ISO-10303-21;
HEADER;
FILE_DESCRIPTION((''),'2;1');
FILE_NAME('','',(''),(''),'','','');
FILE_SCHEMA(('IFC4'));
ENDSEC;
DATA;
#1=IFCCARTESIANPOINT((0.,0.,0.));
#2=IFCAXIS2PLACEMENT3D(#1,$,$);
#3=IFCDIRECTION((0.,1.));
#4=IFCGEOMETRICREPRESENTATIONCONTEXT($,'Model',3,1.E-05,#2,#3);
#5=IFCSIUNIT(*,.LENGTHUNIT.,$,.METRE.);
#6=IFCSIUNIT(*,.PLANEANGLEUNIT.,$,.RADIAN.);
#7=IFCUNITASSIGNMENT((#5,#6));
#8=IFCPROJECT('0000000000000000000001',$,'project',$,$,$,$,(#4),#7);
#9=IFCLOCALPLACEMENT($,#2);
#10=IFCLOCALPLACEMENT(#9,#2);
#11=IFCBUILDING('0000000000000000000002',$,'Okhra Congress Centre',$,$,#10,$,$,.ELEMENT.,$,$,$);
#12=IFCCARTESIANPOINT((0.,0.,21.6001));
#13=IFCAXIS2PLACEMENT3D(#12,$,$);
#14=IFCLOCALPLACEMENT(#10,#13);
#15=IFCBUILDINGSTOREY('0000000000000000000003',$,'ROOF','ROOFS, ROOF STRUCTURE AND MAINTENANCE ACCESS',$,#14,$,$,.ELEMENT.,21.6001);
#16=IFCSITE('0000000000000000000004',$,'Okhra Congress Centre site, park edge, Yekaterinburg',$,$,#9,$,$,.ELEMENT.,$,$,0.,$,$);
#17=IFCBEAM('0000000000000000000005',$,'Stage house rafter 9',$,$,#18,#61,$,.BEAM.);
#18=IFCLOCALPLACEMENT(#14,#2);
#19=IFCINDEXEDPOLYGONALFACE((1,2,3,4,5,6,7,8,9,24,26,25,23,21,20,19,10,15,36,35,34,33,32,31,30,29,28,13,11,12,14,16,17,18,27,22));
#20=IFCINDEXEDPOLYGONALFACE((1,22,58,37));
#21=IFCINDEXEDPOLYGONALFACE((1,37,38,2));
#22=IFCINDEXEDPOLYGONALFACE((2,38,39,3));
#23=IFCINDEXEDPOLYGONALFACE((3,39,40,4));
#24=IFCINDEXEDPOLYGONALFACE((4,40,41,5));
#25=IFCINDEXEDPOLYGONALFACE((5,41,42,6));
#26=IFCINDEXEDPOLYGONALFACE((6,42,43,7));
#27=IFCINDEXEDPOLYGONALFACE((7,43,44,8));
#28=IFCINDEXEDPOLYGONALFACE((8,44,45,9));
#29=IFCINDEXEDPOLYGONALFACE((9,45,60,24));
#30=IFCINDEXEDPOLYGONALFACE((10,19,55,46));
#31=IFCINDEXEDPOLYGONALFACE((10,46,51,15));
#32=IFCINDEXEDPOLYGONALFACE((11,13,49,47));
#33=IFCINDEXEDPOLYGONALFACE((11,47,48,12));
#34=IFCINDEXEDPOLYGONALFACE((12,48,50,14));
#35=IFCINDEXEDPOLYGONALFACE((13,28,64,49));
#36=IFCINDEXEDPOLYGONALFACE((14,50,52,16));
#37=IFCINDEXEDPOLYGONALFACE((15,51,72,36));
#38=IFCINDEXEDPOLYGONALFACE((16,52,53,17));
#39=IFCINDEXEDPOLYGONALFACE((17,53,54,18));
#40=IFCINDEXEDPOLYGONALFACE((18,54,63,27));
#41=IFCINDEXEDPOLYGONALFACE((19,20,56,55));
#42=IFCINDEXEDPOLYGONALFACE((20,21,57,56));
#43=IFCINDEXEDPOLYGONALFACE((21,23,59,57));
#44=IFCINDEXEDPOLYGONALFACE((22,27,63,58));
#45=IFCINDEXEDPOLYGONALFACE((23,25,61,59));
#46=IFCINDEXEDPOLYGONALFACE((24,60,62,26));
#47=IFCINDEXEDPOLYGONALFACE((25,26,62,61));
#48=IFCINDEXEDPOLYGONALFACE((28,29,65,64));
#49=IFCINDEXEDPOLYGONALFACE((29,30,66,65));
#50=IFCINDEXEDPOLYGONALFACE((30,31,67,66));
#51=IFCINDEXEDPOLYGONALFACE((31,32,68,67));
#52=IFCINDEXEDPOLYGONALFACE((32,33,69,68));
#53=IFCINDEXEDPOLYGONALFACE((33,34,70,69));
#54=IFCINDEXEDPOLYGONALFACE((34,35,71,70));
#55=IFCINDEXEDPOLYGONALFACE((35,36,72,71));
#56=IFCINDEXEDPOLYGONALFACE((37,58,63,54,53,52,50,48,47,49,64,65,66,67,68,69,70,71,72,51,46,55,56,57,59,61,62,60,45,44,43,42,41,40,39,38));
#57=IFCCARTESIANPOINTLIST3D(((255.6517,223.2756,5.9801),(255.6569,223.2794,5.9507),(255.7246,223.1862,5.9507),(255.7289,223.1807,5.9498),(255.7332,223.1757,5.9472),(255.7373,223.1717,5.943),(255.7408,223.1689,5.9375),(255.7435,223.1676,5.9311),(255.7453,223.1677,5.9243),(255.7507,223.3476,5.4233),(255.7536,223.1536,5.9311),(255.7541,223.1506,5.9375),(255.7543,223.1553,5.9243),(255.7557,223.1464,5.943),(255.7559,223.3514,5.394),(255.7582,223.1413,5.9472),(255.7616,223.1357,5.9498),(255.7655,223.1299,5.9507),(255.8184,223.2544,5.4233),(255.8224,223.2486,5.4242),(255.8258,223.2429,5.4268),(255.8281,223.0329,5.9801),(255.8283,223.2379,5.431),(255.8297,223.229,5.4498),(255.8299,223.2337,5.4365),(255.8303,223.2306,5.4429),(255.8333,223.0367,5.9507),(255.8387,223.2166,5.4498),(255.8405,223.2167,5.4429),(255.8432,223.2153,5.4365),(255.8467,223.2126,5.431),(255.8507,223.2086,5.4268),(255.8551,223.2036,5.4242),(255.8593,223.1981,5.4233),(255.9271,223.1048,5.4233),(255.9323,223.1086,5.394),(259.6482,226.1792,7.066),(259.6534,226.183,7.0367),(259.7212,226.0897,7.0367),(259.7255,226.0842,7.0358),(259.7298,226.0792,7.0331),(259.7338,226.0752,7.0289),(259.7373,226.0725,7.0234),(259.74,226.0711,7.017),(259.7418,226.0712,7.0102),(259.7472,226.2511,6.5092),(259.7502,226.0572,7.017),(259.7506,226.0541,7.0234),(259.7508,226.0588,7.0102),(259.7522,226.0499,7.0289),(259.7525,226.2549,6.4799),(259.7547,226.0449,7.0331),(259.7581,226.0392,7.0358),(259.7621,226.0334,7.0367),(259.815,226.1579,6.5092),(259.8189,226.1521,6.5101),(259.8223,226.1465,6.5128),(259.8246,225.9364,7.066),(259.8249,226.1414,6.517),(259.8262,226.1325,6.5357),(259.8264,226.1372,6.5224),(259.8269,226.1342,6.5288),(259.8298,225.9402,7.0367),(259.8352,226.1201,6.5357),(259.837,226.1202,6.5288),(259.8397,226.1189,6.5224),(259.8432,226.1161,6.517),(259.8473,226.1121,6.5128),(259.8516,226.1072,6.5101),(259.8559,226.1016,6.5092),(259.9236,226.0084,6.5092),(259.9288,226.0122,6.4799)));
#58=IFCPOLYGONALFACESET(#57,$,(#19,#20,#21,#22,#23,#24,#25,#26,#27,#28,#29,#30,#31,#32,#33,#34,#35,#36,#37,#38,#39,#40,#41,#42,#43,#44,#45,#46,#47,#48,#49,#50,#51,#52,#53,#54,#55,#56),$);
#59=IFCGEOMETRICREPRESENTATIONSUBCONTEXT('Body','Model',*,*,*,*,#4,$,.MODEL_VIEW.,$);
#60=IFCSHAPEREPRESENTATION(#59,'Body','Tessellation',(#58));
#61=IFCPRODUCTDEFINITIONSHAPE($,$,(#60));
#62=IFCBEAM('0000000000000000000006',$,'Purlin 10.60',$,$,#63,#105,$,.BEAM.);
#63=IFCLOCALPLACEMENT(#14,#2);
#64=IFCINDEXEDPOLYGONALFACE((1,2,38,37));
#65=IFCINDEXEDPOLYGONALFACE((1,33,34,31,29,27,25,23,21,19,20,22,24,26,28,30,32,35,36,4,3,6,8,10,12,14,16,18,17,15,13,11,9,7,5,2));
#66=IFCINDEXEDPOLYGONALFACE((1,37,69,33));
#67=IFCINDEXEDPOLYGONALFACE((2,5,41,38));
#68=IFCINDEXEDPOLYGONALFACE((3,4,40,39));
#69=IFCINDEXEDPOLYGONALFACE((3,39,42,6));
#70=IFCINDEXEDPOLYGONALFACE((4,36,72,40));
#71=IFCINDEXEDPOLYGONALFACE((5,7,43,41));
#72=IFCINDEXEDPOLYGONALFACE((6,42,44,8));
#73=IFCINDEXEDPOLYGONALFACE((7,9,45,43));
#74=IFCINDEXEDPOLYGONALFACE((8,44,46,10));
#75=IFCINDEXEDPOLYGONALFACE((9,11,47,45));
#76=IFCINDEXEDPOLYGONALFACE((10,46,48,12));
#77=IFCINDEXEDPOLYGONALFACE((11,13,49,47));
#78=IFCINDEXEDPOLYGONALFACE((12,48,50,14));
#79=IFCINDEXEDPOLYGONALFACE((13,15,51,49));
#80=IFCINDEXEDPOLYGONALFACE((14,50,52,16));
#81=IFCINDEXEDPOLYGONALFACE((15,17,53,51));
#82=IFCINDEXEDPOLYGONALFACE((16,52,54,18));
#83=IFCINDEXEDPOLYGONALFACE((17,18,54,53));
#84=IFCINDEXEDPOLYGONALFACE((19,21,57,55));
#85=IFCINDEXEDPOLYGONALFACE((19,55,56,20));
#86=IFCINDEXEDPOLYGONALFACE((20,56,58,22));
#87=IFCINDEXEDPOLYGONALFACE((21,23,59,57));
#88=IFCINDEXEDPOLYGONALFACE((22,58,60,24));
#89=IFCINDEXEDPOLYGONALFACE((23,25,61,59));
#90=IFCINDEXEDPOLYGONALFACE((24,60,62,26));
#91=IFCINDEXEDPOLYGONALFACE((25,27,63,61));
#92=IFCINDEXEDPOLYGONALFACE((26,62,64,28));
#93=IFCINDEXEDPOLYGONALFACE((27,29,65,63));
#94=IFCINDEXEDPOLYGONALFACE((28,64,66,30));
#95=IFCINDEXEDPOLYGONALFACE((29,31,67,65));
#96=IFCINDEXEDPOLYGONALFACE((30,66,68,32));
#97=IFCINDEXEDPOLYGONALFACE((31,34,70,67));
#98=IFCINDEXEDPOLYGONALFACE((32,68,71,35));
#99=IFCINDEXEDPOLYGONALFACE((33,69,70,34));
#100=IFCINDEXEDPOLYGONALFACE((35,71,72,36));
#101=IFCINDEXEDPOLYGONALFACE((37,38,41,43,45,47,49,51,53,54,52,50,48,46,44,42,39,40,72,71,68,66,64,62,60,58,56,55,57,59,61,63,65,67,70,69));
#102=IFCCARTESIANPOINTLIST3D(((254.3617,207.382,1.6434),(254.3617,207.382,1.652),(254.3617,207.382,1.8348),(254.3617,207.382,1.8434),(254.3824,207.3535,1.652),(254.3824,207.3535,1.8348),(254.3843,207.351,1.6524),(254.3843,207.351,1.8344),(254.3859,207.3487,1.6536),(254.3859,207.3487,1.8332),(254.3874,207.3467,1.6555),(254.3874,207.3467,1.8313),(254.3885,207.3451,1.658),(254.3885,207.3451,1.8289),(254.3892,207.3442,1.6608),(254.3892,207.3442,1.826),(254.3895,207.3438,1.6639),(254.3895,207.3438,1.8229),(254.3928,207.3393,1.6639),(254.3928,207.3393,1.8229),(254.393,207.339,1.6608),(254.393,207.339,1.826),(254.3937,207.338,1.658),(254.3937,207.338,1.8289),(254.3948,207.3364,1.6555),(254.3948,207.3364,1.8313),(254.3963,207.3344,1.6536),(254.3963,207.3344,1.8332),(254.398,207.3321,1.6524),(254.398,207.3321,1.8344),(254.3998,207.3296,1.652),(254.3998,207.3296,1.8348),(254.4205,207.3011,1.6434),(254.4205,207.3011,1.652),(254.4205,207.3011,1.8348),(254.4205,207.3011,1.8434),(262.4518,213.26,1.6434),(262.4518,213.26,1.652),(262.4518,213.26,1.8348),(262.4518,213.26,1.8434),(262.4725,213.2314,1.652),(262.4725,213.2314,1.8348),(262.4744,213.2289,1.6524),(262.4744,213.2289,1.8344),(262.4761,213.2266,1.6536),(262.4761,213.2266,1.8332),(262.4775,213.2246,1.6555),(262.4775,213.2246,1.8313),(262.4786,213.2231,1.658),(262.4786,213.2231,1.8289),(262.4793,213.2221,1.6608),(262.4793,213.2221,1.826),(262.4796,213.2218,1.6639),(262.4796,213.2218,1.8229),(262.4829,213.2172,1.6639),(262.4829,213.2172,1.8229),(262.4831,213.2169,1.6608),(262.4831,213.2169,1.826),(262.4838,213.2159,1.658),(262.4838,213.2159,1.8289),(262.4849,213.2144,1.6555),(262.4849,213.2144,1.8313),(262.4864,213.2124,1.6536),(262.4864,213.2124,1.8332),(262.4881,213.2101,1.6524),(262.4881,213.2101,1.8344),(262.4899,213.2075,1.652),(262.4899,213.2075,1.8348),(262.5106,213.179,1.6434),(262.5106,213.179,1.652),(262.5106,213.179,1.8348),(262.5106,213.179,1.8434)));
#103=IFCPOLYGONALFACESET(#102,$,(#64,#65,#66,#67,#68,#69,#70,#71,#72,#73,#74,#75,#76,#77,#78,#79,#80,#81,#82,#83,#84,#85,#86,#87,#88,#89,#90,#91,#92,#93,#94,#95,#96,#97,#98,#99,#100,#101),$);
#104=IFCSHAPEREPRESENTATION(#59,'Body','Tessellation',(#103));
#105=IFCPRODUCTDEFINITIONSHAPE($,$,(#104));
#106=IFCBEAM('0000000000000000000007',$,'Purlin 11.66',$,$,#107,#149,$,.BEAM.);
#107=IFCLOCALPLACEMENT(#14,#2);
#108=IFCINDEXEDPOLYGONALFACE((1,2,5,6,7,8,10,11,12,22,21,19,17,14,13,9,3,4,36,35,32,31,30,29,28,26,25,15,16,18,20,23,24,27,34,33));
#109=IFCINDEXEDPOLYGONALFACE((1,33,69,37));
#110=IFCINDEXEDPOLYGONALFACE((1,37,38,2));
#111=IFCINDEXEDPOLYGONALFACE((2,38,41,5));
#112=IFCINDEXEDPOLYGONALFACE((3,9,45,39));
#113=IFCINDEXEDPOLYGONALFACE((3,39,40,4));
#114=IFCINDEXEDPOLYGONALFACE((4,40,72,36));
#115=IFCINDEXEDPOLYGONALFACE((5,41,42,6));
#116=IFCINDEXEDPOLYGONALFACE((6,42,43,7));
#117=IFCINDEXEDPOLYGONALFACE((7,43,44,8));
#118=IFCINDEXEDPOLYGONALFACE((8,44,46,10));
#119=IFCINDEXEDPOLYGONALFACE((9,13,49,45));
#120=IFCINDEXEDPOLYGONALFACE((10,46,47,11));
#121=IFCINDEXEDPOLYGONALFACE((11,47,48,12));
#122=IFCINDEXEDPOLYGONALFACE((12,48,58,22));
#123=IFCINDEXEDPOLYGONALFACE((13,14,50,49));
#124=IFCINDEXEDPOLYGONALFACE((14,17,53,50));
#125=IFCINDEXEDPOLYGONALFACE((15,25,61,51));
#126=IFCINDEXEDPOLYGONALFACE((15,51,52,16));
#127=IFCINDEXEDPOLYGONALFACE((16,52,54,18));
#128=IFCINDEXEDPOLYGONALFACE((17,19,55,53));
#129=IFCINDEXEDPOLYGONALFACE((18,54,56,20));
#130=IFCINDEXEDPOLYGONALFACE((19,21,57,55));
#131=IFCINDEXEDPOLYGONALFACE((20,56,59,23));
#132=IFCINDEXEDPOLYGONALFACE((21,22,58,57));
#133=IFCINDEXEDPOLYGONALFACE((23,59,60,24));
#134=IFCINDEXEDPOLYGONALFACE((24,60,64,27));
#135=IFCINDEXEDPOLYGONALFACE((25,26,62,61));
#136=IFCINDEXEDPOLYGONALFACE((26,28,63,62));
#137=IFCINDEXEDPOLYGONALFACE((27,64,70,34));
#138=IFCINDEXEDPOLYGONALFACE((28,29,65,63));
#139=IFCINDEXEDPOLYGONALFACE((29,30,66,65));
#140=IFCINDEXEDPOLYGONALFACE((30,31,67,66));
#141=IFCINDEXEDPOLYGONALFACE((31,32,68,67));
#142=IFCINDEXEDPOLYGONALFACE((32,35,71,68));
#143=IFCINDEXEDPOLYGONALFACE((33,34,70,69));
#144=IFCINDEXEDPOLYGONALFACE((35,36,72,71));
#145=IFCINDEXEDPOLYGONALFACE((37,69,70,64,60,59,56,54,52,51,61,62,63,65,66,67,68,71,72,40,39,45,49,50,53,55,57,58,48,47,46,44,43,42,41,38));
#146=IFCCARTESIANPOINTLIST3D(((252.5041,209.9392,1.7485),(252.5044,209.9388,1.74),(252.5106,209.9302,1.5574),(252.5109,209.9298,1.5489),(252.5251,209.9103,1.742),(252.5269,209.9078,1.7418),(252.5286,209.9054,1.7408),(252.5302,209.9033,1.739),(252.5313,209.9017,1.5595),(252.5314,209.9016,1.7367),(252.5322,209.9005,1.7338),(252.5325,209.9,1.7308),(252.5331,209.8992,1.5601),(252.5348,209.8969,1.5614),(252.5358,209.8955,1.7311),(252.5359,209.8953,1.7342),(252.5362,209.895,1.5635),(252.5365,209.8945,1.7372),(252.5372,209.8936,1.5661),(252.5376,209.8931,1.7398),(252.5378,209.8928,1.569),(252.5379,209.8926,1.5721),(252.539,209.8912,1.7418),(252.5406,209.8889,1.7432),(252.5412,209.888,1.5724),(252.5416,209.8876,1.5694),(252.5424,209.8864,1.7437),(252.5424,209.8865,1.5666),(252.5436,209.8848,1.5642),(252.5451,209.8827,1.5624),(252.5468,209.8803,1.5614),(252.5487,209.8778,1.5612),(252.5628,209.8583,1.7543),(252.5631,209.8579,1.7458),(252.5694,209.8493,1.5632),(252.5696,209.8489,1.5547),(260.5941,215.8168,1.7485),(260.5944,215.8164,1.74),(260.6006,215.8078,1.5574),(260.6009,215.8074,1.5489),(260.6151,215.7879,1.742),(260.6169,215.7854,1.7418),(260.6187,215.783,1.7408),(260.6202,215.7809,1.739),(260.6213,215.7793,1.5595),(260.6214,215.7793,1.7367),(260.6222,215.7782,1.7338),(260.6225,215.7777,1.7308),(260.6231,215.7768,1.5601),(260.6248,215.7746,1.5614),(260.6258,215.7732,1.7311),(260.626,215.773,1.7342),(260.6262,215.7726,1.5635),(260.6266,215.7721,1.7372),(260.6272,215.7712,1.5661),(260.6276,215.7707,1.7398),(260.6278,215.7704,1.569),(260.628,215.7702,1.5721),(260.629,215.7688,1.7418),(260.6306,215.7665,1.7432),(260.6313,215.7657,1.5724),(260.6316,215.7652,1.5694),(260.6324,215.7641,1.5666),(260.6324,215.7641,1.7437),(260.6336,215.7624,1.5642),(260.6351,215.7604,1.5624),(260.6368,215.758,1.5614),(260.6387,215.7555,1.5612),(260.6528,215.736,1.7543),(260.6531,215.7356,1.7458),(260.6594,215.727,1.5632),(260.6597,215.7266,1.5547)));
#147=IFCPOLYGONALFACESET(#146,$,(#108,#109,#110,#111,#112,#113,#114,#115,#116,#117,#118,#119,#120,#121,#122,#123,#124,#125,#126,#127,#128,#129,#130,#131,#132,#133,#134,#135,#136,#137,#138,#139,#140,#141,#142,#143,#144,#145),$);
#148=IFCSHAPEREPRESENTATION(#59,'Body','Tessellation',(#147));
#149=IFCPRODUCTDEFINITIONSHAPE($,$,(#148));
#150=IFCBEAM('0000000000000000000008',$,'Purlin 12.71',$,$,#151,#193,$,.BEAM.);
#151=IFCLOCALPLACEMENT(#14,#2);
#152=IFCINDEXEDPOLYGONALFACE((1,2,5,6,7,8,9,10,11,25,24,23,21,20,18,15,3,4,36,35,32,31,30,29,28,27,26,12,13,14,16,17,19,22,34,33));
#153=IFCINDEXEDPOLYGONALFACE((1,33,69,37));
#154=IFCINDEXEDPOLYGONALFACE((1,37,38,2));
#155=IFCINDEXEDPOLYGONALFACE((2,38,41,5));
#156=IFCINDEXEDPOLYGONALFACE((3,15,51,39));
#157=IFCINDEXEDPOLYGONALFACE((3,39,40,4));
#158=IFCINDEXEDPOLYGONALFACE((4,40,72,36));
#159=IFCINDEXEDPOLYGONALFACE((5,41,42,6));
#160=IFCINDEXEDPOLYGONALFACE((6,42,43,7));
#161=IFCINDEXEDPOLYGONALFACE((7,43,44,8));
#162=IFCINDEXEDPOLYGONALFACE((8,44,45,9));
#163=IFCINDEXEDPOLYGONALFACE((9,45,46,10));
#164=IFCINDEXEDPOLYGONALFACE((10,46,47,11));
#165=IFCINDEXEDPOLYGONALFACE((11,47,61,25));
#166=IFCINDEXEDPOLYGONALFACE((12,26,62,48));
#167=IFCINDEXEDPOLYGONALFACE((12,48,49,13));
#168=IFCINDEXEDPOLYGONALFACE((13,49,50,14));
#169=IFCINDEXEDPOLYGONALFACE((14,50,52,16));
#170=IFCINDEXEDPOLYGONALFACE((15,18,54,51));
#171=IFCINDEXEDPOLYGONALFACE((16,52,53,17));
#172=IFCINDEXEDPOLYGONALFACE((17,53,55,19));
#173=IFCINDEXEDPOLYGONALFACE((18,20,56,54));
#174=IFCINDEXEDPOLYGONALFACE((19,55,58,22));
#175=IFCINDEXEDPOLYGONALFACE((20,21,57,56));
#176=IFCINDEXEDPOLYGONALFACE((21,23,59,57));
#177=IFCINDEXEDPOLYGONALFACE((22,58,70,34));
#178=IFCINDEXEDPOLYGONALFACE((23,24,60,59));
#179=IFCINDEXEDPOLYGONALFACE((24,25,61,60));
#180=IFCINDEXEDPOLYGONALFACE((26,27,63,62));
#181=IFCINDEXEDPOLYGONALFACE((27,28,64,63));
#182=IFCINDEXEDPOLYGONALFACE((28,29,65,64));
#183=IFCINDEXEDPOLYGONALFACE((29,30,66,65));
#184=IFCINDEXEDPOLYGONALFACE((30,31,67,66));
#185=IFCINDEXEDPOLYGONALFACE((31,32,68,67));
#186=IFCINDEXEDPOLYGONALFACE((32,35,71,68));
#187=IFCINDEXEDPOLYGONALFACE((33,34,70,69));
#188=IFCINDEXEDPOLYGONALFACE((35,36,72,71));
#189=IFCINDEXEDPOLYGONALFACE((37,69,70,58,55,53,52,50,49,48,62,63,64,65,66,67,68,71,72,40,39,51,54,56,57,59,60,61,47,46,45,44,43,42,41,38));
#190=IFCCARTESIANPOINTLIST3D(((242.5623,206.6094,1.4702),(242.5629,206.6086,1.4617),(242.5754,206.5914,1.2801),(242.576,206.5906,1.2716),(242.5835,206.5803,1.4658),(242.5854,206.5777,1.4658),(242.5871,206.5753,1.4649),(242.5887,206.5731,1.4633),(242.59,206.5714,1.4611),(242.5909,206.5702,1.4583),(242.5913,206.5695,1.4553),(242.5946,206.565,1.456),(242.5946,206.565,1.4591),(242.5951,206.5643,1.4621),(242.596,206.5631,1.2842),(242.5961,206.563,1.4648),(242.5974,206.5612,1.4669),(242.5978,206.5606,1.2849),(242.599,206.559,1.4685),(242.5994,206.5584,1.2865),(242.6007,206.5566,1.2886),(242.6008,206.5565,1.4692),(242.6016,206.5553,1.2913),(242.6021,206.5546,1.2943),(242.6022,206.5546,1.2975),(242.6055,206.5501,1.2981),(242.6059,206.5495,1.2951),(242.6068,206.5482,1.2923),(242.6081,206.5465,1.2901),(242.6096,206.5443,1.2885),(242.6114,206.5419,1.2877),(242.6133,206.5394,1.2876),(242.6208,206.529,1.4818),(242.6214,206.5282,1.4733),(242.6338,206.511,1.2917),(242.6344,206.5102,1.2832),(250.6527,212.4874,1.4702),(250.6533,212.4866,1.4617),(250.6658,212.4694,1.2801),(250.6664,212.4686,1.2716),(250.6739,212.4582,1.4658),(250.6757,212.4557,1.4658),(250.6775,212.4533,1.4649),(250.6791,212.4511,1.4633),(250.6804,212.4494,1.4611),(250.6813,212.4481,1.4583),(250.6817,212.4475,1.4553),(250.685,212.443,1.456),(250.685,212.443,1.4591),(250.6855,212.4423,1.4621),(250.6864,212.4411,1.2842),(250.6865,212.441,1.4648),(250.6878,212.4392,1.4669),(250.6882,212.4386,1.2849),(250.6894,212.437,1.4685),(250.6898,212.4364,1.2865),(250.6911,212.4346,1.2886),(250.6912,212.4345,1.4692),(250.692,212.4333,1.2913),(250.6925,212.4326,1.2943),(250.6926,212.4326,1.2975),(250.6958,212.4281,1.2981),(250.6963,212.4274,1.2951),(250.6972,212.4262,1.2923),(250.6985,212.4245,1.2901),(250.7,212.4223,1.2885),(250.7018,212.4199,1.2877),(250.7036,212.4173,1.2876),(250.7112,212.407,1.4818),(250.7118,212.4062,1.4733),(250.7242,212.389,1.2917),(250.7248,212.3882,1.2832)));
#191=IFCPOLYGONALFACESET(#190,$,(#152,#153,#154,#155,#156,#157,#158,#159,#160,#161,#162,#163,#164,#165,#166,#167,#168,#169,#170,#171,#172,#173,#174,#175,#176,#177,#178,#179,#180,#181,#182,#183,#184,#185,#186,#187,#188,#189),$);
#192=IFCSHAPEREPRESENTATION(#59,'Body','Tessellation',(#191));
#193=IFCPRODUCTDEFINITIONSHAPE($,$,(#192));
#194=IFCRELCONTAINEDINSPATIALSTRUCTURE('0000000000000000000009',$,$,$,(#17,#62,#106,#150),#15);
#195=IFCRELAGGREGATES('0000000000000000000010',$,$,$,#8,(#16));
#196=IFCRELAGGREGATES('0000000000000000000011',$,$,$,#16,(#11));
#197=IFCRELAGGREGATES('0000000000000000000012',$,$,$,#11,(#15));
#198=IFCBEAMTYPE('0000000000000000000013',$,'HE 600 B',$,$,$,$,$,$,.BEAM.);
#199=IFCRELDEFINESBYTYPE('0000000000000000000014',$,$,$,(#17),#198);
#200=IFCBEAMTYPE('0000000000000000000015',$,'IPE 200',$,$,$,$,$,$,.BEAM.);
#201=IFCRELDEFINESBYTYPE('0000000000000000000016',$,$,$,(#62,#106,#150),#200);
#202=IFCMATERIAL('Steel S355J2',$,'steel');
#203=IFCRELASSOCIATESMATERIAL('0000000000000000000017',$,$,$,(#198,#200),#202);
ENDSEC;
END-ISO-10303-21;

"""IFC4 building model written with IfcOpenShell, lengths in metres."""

from ifc_helpers import new_model, si_unit, direction, frame, origin, origin_2d, place, context, subcontext, project, spatial, i_section, extrude, material, material_profile, profile_set, type_object, element, save


model = new_model("IFC4")

# Units and contexts
model_context = context("Model", 3, precision=1e-05, world=origin(), true_north=direction((0.0, 1.0)))
body_context = subcontext(model_context, "Body", "Model", "MODEL_VIEW")
ifc_project = project(units=[si_unit("LENGTHUNIT", "METRE"), si_unit("PLANEANGLEUNIT", "RADIAN")], contexts=[model_context])

# Site, building, storey
site_placement = place(None, origin())
site = spatial("IfcSite", under=ifc_project, at=site_placement, Name="Okhra Congress Centre site, park edge, Yekaterinburg", CompositionType="ELEMENT", RefElevation=0.0)
building_placement = place(site_placement, origin())
building = spatial("IfcBuilding", under=site, at=building_placement, Name="Okhra Congress Centre", CompositionType="ELEMENT")
storey_placement = place(building_placement, frame((0.0, 0.0, 21.6001)))
storey = spatial("IfcBuildingStorey", under=building, at=storey_placement, Name="ROOF", Description="ROOFS, ROOF STRUCTURE AND MAINTENANCE ACCESS", CompositionType="ELEMENT", Elevation=21.6001)

# Beams
ifc_material_1 = material(Name="Steel S355J2", Category="steel")
ifc_material_profile_1 = material_profile(ifc_material_1, i_section(OverallWidth=0.3, OverallDepth=0.6001, WebThickness=0.0154, FlangeThickness=0.03, FilletRadius=0.0271, at=origin_2d()), Name="HE 600 B")
ifc_profile_set_1 = profile_set([ifc_material_profile_1], Name="Steel S355J2")
beam_type_1 = type_object("IfcBeamType", Name="HE 600 B", PredefinedType="BEAM", material=ifc_profile_set_1)
beam_1_placement = place(storey_placement, frame((255.792, 223.1921, 5.687), z_axis=(0.790162, 0.574062, 0.2147), x_axis=(-0.587769, 0.809029, 0.0)))
element("IfcBeam", 1, at=beam_1_placement, inside=storey, type_object=beam_type_1, Name="Stage house rafter 9", PredefinedType="BEAM", context=body_context, shape_type="SweptSolid", body=[
    extrude(i_section(OverallWidth=0.3, OverallDepth=0.6001, WebThickness=0.0154, FlangeThickness=0.03, FilletRadius=0.0271, at=origin_2d()), origin(), (0.0, 0.0, 1.0), 5.0579),
])
ifc_material_profile_2 = material_profile(ifc_material_1, i_section(OverallWidth=0.1001, OverallDepth=0.2, WebThickness=0.0056, FlangeThickness=0.0085, FilletRadius=0.012, at=origin_2d()), Name="IPE 200")
ifc_profile_set_2 = profile_set([ifc_material_profile_2], Name="Steel S355J2")
beam_type_2 = type_object("IfcBeamType", Name="IPE 200", PredefinedType="BEAM", material=ifc_profile_set_2)
beam_2_placement = place(storey_placement, frame((254.3911, 207.3416, 1.7434), z_axis=(0.80901, 0.587794, 0.0), x_axis=(-0.587794, 0.80901, 0.0)))
element("IfcBeam", 2, at=beam_2_placement, inside=storey, type_object=beam_type_2, Name="Purlin 10.60", PredefinedType="BEAM", context=body_context, shape_type="SweptSolid", body=[
    extrude(i_section(OverallWidth=0.1001, OverallDepth=0.2, WebThickness=0.0056, FlangeThickness=0.0085, FilletRadius=0.012, at=origin_2d()), origin(), (0.0, 0.0, 1.0), 10.0),
])
beam_3_placement = place(storey_placement, frame((252.5369, 209.894, 1.6516), z_axis=(0.809022, 0.587778, 0.0), x_axis=(-0.586784, 0.807653, -0.058145)))
element("IfcBeam", 3, at=beam_3_placement, inside=storey, type_object=beam_type_2, Name="Purlin 11.66", PredefinedType="BEAM", context=body_context, shape_type="SweptSolid", body=[
    extrude(i_section(OverallWidth=0.1001, OverallDepth=0.2, WebThickness=0.0056, FlangeThickness=0.0085, FilletRadius=0.012, at=origin_2d()), origin(), (0.0, 0.0, 1.0), 9.9998),
])
beam_4_placement = place(storey_placement, frame((242.5984, 206.5598, 1.3767), z_axis=(0.809019, 0.587783, 0.0), x_axis=(-0.583808, 0.803549, -0.116093)))
element("IfcBeam", 4, at=beam_4_placement, inside=storey, type_object=beam_type_2, Name="Purlin 12.71", PredefinedType="BEAM", context=body_context, shape_type="SweptSolid", body=[
    extrude(i_section(OverallWidth=0.1001, OverallDepth=0.2, WebThickness=0.0056, FlangeThickness=0.0085, FilletRadius=0.012, at=origin_2d()), origin(), (0.0, 0.0, 1.0), 10.0002),
])

save(model, "model.ifc")
